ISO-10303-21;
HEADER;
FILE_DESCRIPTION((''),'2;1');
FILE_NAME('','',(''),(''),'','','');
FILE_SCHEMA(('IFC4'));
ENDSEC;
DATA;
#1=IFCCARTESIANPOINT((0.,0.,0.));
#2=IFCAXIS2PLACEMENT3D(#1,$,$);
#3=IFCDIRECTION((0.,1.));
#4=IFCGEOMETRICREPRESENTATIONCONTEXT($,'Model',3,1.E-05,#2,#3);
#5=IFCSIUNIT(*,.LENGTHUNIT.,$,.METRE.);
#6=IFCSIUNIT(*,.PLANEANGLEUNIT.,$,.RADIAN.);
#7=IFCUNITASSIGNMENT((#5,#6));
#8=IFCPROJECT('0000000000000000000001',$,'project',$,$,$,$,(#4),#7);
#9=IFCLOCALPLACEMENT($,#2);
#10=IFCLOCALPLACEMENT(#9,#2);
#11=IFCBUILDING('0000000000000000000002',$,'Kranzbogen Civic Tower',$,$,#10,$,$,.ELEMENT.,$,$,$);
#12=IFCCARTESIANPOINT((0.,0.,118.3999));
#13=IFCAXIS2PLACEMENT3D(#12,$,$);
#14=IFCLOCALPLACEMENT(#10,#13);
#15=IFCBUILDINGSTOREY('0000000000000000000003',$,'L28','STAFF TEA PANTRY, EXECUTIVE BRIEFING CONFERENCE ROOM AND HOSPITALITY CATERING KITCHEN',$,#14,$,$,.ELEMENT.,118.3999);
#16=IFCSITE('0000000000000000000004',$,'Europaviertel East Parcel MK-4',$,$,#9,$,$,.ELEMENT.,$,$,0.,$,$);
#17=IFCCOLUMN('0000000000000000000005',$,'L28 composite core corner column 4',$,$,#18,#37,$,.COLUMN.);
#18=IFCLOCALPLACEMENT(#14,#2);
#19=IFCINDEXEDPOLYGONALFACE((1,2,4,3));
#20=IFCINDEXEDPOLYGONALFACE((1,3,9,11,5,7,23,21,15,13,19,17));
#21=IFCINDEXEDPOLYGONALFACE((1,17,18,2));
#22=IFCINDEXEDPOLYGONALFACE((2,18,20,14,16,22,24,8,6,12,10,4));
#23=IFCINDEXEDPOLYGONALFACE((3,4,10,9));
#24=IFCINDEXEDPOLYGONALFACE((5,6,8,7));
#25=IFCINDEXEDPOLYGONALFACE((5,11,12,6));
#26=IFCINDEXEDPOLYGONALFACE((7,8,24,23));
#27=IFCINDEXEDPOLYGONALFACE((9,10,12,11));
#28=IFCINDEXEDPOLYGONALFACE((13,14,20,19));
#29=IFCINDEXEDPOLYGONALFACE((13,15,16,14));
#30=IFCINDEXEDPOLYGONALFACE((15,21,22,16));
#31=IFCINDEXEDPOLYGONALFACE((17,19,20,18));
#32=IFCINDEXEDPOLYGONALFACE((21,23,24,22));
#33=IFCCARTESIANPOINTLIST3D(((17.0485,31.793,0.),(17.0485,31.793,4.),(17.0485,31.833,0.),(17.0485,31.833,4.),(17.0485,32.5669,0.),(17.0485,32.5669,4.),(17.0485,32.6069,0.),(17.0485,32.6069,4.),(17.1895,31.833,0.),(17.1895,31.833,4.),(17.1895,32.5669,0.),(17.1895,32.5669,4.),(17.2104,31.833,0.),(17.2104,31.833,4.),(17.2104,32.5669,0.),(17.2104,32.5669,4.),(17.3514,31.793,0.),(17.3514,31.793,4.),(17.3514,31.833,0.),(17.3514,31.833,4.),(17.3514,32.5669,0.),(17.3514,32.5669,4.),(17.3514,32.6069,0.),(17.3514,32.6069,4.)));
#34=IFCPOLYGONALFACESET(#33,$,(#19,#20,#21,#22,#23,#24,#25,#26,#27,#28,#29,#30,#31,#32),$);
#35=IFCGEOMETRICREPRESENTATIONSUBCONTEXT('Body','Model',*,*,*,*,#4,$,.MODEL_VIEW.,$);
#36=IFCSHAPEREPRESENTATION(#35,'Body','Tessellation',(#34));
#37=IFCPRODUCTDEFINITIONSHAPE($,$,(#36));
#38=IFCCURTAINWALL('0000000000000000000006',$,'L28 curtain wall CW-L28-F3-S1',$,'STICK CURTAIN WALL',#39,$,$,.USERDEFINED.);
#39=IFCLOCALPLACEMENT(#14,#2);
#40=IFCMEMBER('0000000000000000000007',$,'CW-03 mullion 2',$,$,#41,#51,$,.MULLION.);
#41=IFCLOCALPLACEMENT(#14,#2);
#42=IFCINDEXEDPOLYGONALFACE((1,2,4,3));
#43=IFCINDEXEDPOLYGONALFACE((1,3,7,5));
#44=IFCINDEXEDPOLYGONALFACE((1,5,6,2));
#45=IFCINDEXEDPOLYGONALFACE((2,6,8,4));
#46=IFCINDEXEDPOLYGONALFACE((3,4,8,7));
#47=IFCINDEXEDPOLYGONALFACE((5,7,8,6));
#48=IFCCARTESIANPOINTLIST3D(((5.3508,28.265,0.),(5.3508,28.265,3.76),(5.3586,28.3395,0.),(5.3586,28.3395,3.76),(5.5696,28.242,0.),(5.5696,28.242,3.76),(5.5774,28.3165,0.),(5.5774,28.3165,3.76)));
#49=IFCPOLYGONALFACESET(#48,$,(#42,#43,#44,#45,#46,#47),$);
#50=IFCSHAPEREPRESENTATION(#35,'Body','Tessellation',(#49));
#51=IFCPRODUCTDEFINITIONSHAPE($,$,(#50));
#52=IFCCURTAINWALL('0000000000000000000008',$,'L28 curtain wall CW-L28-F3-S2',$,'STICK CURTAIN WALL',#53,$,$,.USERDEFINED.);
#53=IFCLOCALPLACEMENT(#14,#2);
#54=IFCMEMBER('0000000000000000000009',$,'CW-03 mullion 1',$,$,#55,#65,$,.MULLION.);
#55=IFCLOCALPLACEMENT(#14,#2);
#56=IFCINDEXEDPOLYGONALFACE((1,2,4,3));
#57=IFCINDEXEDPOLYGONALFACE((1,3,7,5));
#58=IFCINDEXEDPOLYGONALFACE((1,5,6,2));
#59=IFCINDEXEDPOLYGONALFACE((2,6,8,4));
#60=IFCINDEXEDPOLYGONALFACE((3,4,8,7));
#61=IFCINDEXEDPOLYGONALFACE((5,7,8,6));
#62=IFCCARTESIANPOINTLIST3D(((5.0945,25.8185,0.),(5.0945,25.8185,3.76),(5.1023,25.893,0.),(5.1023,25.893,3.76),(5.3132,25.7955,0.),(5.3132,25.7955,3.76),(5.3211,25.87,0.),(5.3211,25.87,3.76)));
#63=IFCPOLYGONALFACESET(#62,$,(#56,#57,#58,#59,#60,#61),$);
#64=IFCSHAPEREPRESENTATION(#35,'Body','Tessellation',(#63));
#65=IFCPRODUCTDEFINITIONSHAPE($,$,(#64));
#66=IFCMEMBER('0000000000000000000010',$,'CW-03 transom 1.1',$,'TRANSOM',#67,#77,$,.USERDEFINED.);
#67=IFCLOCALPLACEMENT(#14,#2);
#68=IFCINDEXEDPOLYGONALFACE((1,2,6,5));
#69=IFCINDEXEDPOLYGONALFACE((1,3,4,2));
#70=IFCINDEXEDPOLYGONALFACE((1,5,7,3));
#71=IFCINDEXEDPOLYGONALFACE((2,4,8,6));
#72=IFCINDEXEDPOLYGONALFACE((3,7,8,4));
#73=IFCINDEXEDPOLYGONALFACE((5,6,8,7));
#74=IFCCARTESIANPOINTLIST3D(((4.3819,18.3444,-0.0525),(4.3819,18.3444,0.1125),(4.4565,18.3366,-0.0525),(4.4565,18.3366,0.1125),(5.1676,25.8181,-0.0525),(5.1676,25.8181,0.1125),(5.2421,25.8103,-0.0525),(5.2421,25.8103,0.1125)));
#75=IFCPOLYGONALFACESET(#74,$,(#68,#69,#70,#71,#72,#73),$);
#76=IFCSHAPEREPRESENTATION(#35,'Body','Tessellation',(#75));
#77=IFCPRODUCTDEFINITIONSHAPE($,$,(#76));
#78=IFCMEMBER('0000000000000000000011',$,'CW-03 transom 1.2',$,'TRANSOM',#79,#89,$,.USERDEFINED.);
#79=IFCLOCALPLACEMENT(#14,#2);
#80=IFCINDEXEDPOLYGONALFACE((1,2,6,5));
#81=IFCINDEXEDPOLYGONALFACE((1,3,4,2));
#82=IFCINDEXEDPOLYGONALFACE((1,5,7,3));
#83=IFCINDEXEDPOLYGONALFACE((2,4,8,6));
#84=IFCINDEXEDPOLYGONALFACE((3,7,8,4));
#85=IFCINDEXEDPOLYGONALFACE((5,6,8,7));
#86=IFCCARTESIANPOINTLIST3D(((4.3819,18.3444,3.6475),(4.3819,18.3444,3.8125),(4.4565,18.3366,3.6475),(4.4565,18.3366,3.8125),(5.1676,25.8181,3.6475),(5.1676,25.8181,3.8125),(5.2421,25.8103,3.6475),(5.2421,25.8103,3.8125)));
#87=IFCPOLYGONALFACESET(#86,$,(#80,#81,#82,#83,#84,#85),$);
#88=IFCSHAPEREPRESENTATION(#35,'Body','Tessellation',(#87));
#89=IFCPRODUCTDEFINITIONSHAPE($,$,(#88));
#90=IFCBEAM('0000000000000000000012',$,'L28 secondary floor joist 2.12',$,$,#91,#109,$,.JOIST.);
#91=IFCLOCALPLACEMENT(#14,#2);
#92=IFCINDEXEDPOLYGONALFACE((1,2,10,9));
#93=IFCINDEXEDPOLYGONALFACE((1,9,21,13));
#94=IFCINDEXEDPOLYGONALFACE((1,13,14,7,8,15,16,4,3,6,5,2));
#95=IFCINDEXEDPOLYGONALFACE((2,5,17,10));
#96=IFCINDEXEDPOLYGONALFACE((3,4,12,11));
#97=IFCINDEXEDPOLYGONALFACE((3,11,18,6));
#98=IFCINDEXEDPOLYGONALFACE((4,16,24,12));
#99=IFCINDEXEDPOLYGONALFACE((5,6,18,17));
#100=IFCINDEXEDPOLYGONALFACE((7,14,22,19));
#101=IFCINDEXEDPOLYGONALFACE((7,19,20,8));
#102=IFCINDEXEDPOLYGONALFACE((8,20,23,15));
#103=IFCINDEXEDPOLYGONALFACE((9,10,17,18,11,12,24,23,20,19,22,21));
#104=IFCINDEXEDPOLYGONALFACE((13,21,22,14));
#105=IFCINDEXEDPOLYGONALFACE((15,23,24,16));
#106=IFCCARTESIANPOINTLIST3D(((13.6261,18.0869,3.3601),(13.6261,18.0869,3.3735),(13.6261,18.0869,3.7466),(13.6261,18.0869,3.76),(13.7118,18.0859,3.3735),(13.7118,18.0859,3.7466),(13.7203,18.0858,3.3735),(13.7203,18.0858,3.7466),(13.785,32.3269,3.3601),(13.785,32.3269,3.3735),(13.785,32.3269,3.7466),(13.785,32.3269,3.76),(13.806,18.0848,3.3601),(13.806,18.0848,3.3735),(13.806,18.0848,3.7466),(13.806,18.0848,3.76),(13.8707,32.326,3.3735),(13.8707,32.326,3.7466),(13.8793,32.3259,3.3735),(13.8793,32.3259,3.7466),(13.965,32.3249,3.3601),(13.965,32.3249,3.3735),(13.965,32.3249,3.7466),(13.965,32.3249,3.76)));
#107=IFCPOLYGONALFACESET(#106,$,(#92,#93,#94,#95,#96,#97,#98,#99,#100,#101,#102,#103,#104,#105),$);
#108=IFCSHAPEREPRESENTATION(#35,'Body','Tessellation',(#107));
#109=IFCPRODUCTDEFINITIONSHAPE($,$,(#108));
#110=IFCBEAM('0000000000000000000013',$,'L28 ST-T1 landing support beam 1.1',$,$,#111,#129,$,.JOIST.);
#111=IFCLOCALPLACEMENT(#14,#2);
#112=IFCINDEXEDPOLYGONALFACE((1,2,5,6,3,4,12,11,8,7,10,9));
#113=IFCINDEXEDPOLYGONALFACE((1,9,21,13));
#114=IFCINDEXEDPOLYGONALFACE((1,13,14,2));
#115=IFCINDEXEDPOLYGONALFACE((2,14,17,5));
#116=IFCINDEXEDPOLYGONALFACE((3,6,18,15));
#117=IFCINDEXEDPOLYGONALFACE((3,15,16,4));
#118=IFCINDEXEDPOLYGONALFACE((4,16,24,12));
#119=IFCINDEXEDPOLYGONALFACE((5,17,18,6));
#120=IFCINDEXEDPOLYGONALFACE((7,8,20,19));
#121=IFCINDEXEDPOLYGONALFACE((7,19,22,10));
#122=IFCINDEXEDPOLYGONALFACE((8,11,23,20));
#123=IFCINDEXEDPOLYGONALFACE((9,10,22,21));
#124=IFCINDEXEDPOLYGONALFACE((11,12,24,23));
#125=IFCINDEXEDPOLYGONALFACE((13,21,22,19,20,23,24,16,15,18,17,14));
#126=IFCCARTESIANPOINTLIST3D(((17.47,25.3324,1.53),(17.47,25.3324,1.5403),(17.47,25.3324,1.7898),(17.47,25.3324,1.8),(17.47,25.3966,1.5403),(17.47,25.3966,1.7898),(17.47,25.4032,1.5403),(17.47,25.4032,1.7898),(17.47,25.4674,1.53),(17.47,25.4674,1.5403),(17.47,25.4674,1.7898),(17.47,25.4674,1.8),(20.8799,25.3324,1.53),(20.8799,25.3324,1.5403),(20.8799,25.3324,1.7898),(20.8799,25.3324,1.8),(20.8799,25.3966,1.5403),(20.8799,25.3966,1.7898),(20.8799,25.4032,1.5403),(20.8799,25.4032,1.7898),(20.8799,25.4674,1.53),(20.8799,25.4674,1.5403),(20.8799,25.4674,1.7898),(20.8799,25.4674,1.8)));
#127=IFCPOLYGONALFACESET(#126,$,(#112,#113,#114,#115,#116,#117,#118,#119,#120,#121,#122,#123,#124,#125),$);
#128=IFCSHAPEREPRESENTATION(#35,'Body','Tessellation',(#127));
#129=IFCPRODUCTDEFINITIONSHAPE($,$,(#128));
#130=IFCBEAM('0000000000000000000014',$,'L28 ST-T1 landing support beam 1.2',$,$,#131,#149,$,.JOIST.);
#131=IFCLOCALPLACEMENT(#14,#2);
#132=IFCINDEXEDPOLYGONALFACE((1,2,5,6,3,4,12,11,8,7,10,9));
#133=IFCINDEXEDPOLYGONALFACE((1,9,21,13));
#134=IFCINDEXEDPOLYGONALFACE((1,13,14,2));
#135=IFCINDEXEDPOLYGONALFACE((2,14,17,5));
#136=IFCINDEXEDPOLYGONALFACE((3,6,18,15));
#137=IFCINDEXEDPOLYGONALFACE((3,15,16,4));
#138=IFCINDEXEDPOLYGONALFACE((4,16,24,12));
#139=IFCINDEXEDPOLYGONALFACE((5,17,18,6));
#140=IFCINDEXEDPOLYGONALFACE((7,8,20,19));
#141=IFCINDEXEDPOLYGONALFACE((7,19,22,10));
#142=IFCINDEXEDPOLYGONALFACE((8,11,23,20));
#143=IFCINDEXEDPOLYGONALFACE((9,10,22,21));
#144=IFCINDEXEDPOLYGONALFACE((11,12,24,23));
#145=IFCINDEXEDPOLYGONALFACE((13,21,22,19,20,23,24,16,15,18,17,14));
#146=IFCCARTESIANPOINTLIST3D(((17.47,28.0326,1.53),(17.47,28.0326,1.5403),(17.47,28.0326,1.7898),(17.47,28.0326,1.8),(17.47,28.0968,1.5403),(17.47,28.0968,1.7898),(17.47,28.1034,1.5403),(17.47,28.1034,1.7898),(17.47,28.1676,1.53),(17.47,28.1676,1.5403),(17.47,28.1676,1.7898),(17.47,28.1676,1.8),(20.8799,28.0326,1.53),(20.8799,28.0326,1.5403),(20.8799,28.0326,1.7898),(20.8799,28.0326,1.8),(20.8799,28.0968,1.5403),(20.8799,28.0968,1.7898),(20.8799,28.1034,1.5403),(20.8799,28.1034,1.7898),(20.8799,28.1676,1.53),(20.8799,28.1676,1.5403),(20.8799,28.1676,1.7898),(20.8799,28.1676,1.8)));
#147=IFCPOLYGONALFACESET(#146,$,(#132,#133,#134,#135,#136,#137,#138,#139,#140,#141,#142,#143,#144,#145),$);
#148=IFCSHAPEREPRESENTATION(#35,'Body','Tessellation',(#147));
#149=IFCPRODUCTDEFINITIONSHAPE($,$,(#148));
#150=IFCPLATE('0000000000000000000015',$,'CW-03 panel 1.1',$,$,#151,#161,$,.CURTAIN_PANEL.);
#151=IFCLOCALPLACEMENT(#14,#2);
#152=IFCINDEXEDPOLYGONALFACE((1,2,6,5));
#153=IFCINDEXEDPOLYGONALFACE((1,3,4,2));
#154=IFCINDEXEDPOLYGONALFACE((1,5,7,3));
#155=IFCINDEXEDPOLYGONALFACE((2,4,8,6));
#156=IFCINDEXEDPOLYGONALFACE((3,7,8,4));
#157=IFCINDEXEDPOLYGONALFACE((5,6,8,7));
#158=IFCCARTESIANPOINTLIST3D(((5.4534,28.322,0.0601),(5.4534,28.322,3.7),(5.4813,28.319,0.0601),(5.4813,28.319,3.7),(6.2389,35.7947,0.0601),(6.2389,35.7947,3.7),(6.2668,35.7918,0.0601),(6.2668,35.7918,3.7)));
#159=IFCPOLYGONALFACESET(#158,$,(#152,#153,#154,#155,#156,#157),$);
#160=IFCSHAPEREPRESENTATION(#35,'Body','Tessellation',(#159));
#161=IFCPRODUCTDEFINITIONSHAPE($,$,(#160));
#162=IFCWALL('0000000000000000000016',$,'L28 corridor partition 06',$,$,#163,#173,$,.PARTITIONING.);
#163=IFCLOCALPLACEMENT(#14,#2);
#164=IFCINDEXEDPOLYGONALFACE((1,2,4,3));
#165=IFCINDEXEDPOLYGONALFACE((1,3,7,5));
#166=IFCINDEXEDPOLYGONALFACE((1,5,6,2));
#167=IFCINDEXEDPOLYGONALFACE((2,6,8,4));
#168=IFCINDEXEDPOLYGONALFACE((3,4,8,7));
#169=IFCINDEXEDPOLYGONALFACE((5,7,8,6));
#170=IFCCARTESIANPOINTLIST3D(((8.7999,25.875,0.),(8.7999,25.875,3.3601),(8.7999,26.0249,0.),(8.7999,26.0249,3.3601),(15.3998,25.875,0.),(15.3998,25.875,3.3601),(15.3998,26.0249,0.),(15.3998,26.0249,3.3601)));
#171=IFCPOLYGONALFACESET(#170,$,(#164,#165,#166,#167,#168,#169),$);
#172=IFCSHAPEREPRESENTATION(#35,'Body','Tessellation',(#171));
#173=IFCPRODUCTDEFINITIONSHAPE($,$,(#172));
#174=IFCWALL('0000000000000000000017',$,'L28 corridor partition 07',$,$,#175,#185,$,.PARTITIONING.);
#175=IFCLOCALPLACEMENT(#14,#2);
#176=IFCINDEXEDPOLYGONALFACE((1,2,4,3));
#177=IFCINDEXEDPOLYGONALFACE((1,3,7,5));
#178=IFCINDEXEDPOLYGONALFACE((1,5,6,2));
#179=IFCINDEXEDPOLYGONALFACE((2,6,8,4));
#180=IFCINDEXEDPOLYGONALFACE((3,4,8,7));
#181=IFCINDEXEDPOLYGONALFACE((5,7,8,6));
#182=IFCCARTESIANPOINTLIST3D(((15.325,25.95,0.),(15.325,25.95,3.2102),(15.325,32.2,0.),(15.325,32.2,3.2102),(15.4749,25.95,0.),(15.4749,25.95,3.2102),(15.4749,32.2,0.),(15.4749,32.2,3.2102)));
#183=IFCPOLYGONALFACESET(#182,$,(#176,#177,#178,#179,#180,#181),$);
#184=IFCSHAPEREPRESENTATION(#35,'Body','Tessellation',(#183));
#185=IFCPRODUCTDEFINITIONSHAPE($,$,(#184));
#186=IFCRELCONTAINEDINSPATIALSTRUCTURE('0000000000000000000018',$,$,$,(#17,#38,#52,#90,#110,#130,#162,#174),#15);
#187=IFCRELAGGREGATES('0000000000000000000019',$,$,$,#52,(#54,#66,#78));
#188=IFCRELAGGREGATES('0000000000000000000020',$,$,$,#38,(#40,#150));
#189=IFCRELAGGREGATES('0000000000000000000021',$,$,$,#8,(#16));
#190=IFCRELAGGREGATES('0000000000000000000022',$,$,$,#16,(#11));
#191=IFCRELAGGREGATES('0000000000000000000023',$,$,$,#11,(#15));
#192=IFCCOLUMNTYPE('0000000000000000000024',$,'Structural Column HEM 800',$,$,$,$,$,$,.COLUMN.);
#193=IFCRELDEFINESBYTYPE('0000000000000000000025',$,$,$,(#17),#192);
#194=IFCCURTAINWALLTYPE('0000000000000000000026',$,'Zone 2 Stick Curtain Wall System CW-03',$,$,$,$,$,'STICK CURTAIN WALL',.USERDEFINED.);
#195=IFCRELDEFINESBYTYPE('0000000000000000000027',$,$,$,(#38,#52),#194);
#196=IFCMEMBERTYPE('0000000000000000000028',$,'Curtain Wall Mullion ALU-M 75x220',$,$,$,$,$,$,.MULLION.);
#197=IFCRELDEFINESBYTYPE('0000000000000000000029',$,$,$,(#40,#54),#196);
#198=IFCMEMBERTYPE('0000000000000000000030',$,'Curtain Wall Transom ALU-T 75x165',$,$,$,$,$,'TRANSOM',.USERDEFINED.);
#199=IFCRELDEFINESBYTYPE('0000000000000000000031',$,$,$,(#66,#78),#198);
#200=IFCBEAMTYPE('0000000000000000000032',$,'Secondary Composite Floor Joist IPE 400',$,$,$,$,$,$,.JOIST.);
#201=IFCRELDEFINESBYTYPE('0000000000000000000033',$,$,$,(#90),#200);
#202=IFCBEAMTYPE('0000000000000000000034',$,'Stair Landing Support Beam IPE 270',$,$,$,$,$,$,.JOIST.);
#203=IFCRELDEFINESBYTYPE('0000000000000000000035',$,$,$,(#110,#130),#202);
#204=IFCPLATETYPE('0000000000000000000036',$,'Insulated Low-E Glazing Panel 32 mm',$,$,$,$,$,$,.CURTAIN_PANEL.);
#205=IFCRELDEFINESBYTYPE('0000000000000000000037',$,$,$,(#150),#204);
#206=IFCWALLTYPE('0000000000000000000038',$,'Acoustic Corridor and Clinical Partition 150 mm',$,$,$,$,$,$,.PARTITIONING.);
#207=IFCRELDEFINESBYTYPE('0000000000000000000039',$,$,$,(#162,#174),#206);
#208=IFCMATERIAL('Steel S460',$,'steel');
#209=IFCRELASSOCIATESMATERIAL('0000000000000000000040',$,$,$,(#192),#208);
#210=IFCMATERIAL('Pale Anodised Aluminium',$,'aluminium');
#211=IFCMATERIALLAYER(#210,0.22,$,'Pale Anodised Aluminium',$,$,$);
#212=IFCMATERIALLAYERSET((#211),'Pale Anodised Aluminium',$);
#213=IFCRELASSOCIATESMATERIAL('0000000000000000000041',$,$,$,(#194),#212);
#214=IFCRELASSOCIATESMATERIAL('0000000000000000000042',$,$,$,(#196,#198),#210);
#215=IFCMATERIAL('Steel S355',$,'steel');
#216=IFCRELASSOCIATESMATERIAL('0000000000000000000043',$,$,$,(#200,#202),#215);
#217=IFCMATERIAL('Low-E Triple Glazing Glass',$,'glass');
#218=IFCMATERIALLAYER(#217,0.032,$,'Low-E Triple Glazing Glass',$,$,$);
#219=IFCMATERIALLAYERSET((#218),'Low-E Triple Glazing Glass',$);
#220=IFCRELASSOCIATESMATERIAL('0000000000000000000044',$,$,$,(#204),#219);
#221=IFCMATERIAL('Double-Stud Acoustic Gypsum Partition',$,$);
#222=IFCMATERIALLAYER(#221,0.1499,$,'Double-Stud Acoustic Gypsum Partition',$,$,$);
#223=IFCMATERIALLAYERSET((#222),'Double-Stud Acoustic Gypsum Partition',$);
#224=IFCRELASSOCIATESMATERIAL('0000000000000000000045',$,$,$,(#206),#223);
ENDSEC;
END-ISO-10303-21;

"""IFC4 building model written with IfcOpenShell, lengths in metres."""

from ifc_helpers import new_model, si_unit, direction, frame, frame_2d, origin, origin_2d, place, context, subcontext, project, spatial, rectangle, i_section, extrude, material, layer, layer_set, material_profile, profile_set, type_object, element, aggregate, save


model = new_model("IFC4")

# Units and contexts
model_context = context("Model", 3, precision=1e-05, world=origin(), true_north=direction((0.0, 1.0)))
body_context = subcontext(model_context, "Body", "Model", "MODEL_VIEW")
ifc_project = project(units=[si_unit("LENGTHUNIT", "METRE"), si_unit("PLANEANGLEUNIT", "RADIAN")], contexts=[model_context])

# Site, building, storey
site_placement = place(None, origin())
site = spatial("IfcSite", under=ifc_project, at=site_placement, Name="Europaviertel East Parcel MK-4", CompositionType="ELEMENT", RefElevation=0.0)
building_placement = place(site_placement, origin())
building = spatial("IfcBuilding", under=site, at=building_placement, Name="Kranzbogen Civic Tower", CompositionType="ELEMENT")
storey_placement = place(building_placement, frame((0.0, 0.0, 118.3999)))
storey = spatial("IfcBuildingStorey", under=building, at=storey_placement, Name="L28", Description="STAFF TEA PANTRY, EXECUTIVE BRIEFING CONFERENCE ROOM AND HOSPITALITY CATERING KITCHEN", CompositionType="ELEMENT", Elevation=118.3999)

# Column
ifc_material_1 = material(Name="Steel S460", Category="steel")
ifc_material_profile_1 = material_profile(ifc_material_1, i_section(OverallWidth=0.303, OverallDepth=0.814, WebThickness=0.021, FlangeThickness=0.04, at=origin_2d()), Name="HEM 800")
ifc_profile_set_1 = profile_set([ifc_material_profile_1], Name="Steel S460")
column_type = type_object("IfcColumnType", Name="Structural Column HEM 800", PredefinedType="COLUMN", material=ifc_profile_set_1)
column_placement = place(storey_placement, frame((17.2, 32.2, 0.0), z_axis=(0.0, 0.0, 1.0), x_axis=(1.0, 0.0, 0.0)))
element("IfcColumn", 1, at=column_placement, inside=storey, type_object=column_type, Name="L28 composite core corner column 4", PredefinedType="COLUMN", context=body_context, shape_type="SweptSolid", body=[
    extrude(i_section(OverallWidth=0.303, OverallDepth=0.814, WebThickness=0.021, FlangeThickness=0.04, at=origin_2d()), origin(), (0.0, 0.0, 1.0), 4.0),
])

# Curtain wall, member
ifc_material_2 = material(Name="Pale Anodised Aluminium", Category="aluminium")
ifc_layer_1 = layer(ifc_material_2, 0.22, Name="Pale Anodised Aluminium")
ifc_layer_set_1 = layer_set([ifc_layer_1], Name="Pale Anodised Aluminium")
curtain_wall_type = type_object("IfcCurtainWallType", Name="Zone 2 Stick Curtain Wall System CW-03", ElementType="STICK CURTAIN WALL", PredefinedType="USERDEFINED", material=ifc_layer_set_1)
curtain_wall_1_placement = place(storey_placement, origin())
curtain_wall_1 = element("IfcCurtainWall", 2, at=curtain_wall_1_placement, inside=storey, type_object=curtain_wall_type, Name="L28 curtain wall CW-L28-F3-S1", ObjectType="STICK CURTAIN WALL", PredefinedType="USERDEFINED")
ifc_material_profile_2 = material_profile(ifc_material_2, rectangle(XDim=0.075, YDim=0.22, at=origin_2d()), Name="ALU-M 75x220")
ifc_profile_set_2 = profile_set([ifc_material_profile_2], Name="Pale Anodised Aluminium")
member_type_1 = type_object("IfcMemberType", Name="Curtain Wall Mullion ALU-M 75x220", PredefinedType="MULLION", material=ifc_profile_set_2)
member_1_placement = place(storey_placement, frame((5.4641, 28.2908, 0.0), z_axis=(0.0, 0.0, 1.0), x_axis=(-0.104535, -0.994521, 0.0)))
member_1 = element("IfcMember", 3, at=member_1_placement, type_object=member_type_1, Name="CW-03 mullion 2", PredefinedType="MULLION", context=body_context, shape_type="SweptSolid", body=[
    extrude(rectangle(XDim=0.075, YDim=0.22, at=origin_2d()), origin(), (0.0, 0.0, 1.0), 3.76),
])

# Curtain wall, members
curtain_wall_2_placement = place(storey_placement, origin())
curtain_wall_2 = element("IfcCurtainWall", 4, at=curtain_wall_2_placement, inside=storey, type_object=curtain_wall_type, Name="L28 curtain wall CW-L28-F3-S2", ObjectType="STICK CURTAIN WALL", PredefinedType="USERDEFINED")
member_2_placement = place(storey_placement, frame((5.2078, 25.8442, 0.0), z_axis=(0.0, 0.0, 1.0), x_axis=(-0.104521, -0.994523, 0.0)))
member_2 = element("IfcMember", 5, at=member_2_placement, type_object=member_type_1, Name="CW-03 mullion 1", PredefinedType="MULLION", context=body_context, shape_type="SweptSolid", body=[
    extrude(rectangle(XDim=0.075, YDim=0.22, at=origin_2d()), origin(), (0.0, 0.0, 1.0), 3.76),
])
ifc_material_profile_3 = material_profile(ifc_material_2, rectangle(XDim=0.075, YDim=0.165, at=origin_2d()), Name="ALU-T 75x165")
ifc_profile_set_3 = profile_set([ifc_material_profile_3], Name="Pale Anodised Aluminium")
member_type_2 = type_object("IfcMemberType", Name="Curtain Wall Transom ALU-T 75x165", ElementType="TRANSOM", PredefinedType="USERDEFINED", material=ifc_profile_set_3)
member_3_placement = place(storey_placement, frame((5.2048, 25.8142, 0.03), z_axis=(-0.104546, -0.99452, 0.0), x_axis=(0.99452, -0.104546, 0.0)))
member_3 = element("IfcMember", 6, at=member_3_placement, type_object=member_type_2, Name="CW-03 transom 1.1", ObjectType="TRANSOM", PredefinedType="USERDEFINED", context=body_context, shape_type="SweptSolid", body=[
    extrude(rectangle(XDim=0.075, YDim=0.165, at=origin_2d()), origin(), (0.0, 0.0, 1.0), 7.5149),
])
member_4_placement = place(storey_placement, frame((5.2048, 25.8142, 3.73), z_axis=(-0.104546, -0.99452, 0.0), x_axis=(0.99452, -0.104546, 0.0)))
member_4 = element("IfcMember", 7, at=member_4_placement, type_object=member_type_2, Name="CW-03 transom 1.2", ObjectType="TRANSOM", PredefinedType="USERDEFINED", context=body_context, shape_type="SweptSolid", body=[
    extrude(rectangle(XDim=0.075, YDim=0.165, at=origin_2d()), origin(), (0.0, 0.0, 1.0), 7.5149),
])
aggregate(curtain_wall_2, [member_2, member_3, member_4])

# Beams
ifc_material_3 = material(Name="Steel S355", Category="steel")
ifc_material_profile_4 = material_profile(ifc_material_3, i_section(OverallWidth=0.1799, OverallDepth=0.3999, WebThickness=0.0085, FlangeThickness=0.0134, at=origin_2d()), Name="IPE 400")
ifc_profile_set_4 = profile_set([ifc_material_profile_4], Name="Steel S355")
beam_type_1 = type_object("IfcBeamType", Name="Secondary Composite Floor Joist IPE 400", PredefinedType="JOIST", material=ifc_profile_set_4)
beam_placement = place(storey_placement, frame((13.875, 32.3259, 3.5601), z_axis=(-0.011161, -0.999938, 0.0), x_axis=(0.999938, -0.011161, 0.0)))
element("IfcBeam", 8, at=beam_placement, inside=storey, type_object=beam_type_1, Name="L28 secondary floor joist 2.12", PredefinedType="JOIST", context=body_context, shape_type="SweptSolid", body=[
    extrude(i_section(OverallWidth=0.1799, OverallDepth=0.3999, WebThickness=0.0085, FlangeThickness=0.0134, at=origin_2d()), origin(), (0.0, 0.0, 1.0), 14.241),
])
ifc_material_profile_5 = material_profile(ifc_material_3, i_section(OverallWidth=0.135, OverallDepth=0.27, WebThickness=0.0066, FlangeThickness=0.0103, at=origin_2d()), Name="IPE 270")
ifc_profile_set_5 = profile_set([ifc_material_profile_5], Name="Steel S355")
beam_type_2 = type_object("IfcBeamType", Name="Stair Landing Support Beam IPE 270", PredefinedType="JOIST", material=ifc_profile_set_5)
for number, where, z_axis, x_axis, name in (
    (9, (20.8799, 25.3999, 1.665), (-1.0, 0.0, 0.0), (0.0, -1.0, 0.0), "L28 ST-T1 landing support beam 1.1"),
    (10, (20.8799, 28.1001, 1.665), (-1.0, 0.0, 0.0), (0.0, -1.0, 0.0), "L28 ST-T1 landing support beam 1.2"),
):
    element("IfcBeam", number, at=place(storey_placement, frame(where, z_axis=z_axis, x_axis=x_axis)), inside=storey, type_object=beam_type_2, Name=name, PredefinedType="JOIST", context=body_context, shape_type="SweptSolid", body=[
        extrude(i_section(OverallWidth=0.135, OverallDepth=0.27, WebThickness=0.0066, FlangeThickness=0.0103, at=origin_2d()), origin(), (0.0, 0.0, 1.0), 3.4099),
    ])

# Plate
ifc_material_4 = material(Name="Low-E Triple Glazing Glass", Category="glass")
ifc_layer_2 = layer(ifc_material_4, 0.032, Name="Low-E Triple Glazing Glass")
ifc_layer_set_2 = layer_set([ifc_layer_2], Name="Low-E Triple Glazing Glass")
plate_type = type_object("IfcPlateType", Name="Insulated Low-E Glazing Panel 32 mm", PredefinedType="CURTAIN_PANEL", material=ifc_layer_set_2)
plate_placement = place(storey_placement, frame((5.8601, 32.0569, 0.0601), z_axis=(0.0, 0.0, 1.0), x_axis=(-0.104535, -0.994521, 0.0)))
plate = element("IfcPlate", 11, at=plate_placement, type_object=plate_type, Name="CW-03 panel 1.1", PredefinedType="CURTAIN_PANEL", context=body_context, shape_type="SweptSolid", body=[
    extrude(rectangle(XDim=7.5139, YDim=0.0281, at=origin_2d()), origin(), (0.0, 0.0, 1.0), 3.6399),
])
aggregate(curtain_wall_1, [member_1, plate])

# Walls
ifc_material_5 = material(Name="Double-Stud Acoustic Gypsum Partition")
ifc_layer_3 = layer(ifc_material_5, 0.1499, Name="Double-Stud Acoustic Gypsum Partition")
ifc_layer_set_3 = layer_set([ifc_layer_3], Name="Double-Stud Acoustic Gypsum Partition")
wall_type_1 = type_object("IfcWallType", Name="Acoustic Corridor and Clinical Partition 150 mm", PredefinedType="PARTITIONING", material=ifc_layer_set_3)
wall_1_placement = place(storey_placement, frame((8.8, 25.95, 0.0), z_axis=(0.0, 0.0, 1.0), x_axis=(1.0, 0.0, 0.0)))
element("IfcWall", 12, at=wall_1_placement, inside=storey, type_object=wall_type_1, Name="L28 corridor partition 06", PredefinedType="PARTITIONING", context=body_context, shape_type="SweptSolid", body=[
    extrude(rectangle(XDim=6.5999, YDim=0.1499, at=frame_2d((3.2998, 0.0))), origin(), (0.0, 0.0, 1.0), 3.3601),
])
wall_2_placement = place(storey_placement, frame((15.3999, 25.95, 0.0), z_axis=(0.0, 0.0, 1.0), x_axis=(0.0, 1.0, 0.0)))
element("IfcWall", 13, at=wall_2_placement, inside=storey, type_object=wall_type_1, Name="L28 corridor partition 07", PredefinedType="PARTITIONING", context=body_context, shape_type="SweptSolid", body=[
    extrude(rectangle(XDim=6.25, YDim=0.1499, at=frame_2d((3.125, 0.0))), origin(), (0.0, 0.0, 1.0), 3.2102),
])

save(model, "model.ifc")
